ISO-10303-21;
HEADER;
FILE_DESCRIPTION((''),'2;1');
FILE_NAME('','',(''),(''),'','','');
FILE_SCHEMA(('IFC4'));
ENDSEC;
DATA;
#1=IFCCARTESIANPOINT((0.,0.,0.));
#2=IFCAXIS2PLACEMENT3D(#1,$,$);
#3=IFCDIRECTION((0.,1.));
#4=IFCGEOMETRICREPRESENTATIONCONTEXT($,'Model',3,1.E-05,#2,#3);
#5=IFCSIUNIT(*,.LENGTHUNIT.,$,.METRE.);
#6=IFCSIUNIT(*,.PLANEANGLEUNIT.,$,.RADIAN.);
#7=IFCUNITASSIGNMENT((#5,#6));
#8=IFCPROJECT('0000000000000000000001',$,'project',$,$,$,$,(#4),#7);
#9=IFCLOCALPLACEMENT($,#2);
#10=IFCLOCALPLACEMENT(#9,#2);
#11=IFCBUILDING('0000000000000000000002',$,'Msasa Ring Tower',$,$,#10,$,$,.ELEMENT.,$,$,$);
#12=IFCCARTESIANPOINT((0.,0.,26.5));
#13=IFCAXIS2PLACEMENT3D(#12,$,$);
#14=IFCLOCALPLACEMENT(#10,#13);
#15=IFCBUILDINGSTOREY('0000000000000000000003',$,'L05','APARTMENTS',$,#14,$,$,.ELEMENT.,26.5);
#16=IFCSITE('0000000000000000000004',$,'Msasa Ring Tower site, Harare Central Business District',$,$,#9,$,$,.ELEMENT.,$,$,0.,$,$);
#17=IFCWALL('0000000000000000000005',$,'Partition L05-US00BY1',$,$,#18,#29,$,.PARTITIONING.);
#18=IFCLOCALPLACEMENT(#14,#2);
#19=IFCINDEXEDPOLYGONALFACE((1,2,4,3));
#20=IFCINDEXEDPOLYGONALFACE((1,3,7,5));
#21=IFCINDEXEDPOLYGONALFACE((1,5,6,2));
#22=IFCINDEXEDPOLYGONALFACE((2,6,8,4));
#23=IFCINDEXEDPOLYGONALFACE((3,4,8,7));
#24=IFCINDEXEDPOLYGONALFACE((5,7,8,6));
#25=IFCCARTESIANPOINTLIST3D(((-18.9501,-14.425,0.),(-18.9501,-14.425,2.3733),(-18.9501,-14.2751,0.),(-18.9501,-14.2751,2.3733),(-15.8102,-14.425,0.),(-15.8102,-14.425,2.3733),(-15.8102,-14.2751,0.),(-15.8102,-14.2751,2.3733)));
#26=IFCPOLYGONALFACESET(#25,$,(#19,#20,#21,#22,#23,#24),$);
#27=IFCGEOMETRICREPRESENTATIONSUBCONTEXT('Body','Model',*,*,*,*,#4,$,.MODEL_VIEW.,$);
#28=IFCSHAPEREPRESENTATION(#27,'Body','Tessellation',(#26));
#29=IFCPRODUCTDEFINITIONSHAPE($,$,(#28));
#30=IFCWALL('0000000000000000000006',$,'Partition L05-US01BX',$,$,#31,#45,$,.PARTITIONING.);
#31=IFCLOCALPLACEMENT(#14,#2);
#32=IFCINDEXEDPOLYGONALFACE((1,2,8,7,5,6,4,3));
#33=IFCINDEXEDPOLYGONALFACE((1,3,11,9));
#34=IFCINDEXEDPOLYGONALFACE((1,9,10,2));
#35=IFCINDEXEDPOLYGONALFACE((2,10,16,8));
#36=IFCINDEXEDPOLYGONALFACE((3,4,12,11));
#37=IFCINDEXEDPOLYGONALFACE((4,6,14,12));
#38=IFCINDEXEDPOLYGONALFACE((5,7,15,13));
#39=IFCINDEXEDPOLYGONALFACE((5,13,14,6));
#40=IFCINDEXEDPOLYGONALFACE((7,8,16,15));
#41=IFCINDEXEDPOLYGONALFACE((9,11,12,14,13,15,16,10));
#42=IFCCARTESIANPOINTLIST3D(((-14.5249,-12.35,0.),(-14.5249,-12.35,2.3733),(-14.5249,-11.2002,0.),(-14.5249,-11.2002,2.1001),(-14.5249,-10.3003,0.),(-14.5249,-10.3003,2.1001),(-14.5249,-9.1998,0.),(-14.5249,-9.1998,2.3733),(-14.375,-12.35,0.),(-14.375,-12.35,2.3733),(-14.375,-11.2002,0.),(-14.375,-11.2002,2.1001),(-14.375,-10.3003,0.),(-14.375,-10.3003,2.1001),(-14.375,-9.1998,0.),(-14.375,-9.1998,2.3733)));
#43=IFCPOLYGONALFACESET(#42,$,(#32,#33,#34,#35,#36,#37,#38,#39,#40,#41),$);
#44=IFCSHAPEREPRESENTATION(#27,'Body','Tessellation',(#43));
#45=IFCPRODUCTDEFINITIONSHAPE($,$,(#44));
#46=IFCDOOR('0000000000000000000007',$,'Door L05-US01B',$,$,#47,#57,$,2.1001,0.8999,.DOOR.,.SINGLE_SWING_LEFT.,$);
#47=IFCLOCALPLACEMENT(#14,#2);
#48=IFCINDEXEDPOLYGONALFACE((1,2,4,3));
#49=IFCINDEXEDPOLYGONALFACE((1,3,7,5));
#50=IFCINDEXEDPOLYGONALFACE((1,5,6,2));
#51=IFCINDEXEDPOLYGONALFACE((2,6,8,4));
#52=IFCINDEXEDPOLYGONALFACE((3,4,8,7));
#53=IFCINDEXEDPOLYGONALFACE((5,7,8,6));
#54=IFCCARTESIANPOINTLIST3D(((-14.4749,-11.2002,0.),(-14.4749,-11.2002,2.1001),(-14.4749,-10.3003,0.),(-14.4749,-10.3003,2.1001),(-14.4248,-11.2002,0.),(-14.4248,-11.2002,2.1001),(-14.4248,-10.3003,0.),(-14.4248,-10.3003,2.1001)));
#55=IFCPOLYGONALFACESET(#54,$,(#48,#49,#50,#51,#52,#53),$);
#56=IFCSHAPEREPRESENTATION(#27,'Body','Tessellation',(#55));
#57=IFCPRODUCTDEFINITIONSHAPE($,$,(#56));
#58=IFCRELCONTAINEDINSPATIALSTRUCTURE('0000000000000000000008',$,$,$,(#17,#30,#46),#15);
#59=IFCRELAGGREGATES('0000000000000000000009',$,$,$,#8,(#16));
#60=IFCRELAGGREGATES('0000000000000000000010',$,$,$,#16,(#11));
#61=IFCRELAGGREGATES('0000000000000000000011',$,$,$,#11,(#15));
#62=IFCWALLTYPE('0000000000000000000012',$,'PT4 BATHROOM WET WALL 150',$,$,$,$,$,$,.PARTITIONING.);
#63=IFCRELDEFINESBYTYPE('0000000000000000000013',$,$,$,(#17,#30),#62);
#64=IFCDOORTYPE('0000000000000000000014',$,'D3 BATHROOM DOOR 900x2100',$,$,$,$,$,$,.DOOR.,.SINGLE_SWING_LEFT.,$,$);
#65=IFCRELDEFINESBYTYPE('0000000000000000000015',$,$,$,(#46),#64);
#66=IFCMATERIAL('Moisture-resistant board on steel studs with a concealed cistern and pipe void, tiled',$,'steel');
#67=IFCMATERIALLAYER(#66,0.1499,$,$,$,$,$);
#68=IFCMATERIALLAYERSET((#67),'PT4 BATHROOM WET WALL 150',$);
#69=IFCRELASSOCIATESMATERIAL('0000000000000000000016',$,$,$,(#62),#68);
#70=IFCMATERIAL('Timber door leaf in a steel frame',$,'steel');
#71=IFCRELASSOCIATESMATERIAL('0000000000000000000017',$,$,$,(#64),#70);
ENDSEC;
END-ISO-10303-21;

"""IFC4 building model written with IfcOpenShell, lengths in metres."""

from ifc_helpers import new_model, si_unit, direction, frame, frame_2d, origin, place, context, subcontext, project, spatial, rectangle, extrude, material, layer, layer_set, type_object, element, fill, save


model = new_model("IFC4")

# Units and contexts
model_context = context("Model", 3, precision=1e-05, world=origin(), true_north=direction((0.0, 1.0)))
body_context = subcontext(model_context, "Body", "Model", "MODEL_VIEW")
ifc_project = project(units=[si_unit("LENGTHUNIT", "METRE"), si_unit("PLANEANGLEUNIT", "RADIAN")], contexts=[model_context])

# Site, building, storey
site_placement = place(None, origin())
site = spatial("IfcSite", under=ifc_project, at=site_placement, Name="Msasa Ring Tower site, Harare Central Business District", CompositionType="ELEMENT", RefElevation=0.0)
building_placement = place(site_placement, origin())
building = spatial("IfcBuilding", under=site, at=building_placement, Name="Msasa Ring Tower", CompositionType="ELEMENT")
storey_placement = place(building_placement, frame((0.0, 0.0, 26.5)))
storey = spatial("IfcBuildingStorey", under=building, at=storey_placement, Name="L05", Description="APARTMENTS", CompositionType="ELEMENT", Elevation=26.5)

# Shared definitions
ifc_material_1 = material(Name="Moisture-resistant board on steel studs with a concealed cistern and pipe void, tiled", Category="steel")
ifc_layer_1 = layer(ifc_material_1, 0.1499)
ifc_layer_set_1 = layer_set([ifc_layer_1], Name="PT4 BATHROOM WET WALL 150")
wall_type_1 = type_object("IfcWallType", Name="PT4 BATHROOM WET WALL 150", PredefinedType="PARTITIONING", material=ifc_layer_set_1)
ifc_material_2 = material(Name="Timber door leaf in a steel frame", Category="steel")
door_type_1 = type_object("IfcDoorType", Name="D3 BATHROOM DOOR 900x2100", OperationType="SINGLE_SWING_LEFT", PredefinedType="DOOR", material=ifc_material_2)

# Wall
wall_1_placement = place(storey_placement, frame((-18.95, -14.3501, 0.0), z_axis=(0.0, 0.0, 1.0), x_axis=(1.0, 0.0, 0.0)))
element("IfcWall", 1, at=wall_1_placement, inside=storey, type_object=wall_type_1, Name="Partition L05-US00BY1", PredefinedType="PARTITIONING", context=body_context, shape_type="SweptSolid", body=[
    extrude(rectangle(XDim=3.1399, YDim=0.1499, at=frame_2d((1.5698, 0.0))), origin(), (0.0, 0.0, 1.0), 2.3733),
])

# Wall, opening, door
wall_2_placement = place(storey_placement, frame((-14.45, -12.3501, 0.0), z_axis=(0.0, 0.0, 1.0), x_axis=(0.0, 1.0, 0.0)))
wall_2 = element("IfcWall", 2, at=wall_2_placement, inside=storey, type_object=wall_type_1, Name="Partition L05-US01BX", PredefinedType="PARTITIONING", context=body_context, shape_type="SweptSolid", body=[
    extrude(rectangle(XDim=3.1501, YDim=0.1499, at=frame_2d((1.5752, 0.0))), origin(), (0.0, 0.0, 1.0), 2.3733),
])
opening_1_placement = place(wall_2_placement, frame((1.1499, 0.0, 0.0)))
opening_1 = element("IfcOpeningElement", 3, at=opening_1_placement, cuts=wall_2, PredefinedType="OPENING", context=body_context, shape_type="SweptSolid", body=[
    extrude(rectangle(XDim=0.8999, YDim=2.1001, at=frame_2d((0.45, 1.05))), frame((0.0, 0.085, 0.0), z_axis=(0.0, -1.0, 0.0), x_axis=(1.0, 0.0, 0.0)), (0.0, 0.0, 1.0), 0.1699),
])
door_1_placement = place(opening_1_placement, origin())
door_1 = element("IfcDoor", 4, at=door_1_placement, inside=storey, type_object=door_type_1, Name="Door L05-US01B", OperationType="SINGLE_SWING_LEFT", OverallHeight=2.1001, OverallWidth=0.8999, PredefinedType="DOOR", context=body_context, shape_type="SweptSolid", body=[
    extrude(rectangle(XDim=0.8999, YDim=2.1001, at=frame_2d((0.45, 1.05))), frame((0.0, 0.0249, 0.0), z_axis=(0.0, -1.0, 0.0), x_axis=(1.0, 0.0, 0.0)), (0.0, 0.0, 1.0), 0.05),
])
fill(opening_1, door_1)

save(model, "model.ifc")
